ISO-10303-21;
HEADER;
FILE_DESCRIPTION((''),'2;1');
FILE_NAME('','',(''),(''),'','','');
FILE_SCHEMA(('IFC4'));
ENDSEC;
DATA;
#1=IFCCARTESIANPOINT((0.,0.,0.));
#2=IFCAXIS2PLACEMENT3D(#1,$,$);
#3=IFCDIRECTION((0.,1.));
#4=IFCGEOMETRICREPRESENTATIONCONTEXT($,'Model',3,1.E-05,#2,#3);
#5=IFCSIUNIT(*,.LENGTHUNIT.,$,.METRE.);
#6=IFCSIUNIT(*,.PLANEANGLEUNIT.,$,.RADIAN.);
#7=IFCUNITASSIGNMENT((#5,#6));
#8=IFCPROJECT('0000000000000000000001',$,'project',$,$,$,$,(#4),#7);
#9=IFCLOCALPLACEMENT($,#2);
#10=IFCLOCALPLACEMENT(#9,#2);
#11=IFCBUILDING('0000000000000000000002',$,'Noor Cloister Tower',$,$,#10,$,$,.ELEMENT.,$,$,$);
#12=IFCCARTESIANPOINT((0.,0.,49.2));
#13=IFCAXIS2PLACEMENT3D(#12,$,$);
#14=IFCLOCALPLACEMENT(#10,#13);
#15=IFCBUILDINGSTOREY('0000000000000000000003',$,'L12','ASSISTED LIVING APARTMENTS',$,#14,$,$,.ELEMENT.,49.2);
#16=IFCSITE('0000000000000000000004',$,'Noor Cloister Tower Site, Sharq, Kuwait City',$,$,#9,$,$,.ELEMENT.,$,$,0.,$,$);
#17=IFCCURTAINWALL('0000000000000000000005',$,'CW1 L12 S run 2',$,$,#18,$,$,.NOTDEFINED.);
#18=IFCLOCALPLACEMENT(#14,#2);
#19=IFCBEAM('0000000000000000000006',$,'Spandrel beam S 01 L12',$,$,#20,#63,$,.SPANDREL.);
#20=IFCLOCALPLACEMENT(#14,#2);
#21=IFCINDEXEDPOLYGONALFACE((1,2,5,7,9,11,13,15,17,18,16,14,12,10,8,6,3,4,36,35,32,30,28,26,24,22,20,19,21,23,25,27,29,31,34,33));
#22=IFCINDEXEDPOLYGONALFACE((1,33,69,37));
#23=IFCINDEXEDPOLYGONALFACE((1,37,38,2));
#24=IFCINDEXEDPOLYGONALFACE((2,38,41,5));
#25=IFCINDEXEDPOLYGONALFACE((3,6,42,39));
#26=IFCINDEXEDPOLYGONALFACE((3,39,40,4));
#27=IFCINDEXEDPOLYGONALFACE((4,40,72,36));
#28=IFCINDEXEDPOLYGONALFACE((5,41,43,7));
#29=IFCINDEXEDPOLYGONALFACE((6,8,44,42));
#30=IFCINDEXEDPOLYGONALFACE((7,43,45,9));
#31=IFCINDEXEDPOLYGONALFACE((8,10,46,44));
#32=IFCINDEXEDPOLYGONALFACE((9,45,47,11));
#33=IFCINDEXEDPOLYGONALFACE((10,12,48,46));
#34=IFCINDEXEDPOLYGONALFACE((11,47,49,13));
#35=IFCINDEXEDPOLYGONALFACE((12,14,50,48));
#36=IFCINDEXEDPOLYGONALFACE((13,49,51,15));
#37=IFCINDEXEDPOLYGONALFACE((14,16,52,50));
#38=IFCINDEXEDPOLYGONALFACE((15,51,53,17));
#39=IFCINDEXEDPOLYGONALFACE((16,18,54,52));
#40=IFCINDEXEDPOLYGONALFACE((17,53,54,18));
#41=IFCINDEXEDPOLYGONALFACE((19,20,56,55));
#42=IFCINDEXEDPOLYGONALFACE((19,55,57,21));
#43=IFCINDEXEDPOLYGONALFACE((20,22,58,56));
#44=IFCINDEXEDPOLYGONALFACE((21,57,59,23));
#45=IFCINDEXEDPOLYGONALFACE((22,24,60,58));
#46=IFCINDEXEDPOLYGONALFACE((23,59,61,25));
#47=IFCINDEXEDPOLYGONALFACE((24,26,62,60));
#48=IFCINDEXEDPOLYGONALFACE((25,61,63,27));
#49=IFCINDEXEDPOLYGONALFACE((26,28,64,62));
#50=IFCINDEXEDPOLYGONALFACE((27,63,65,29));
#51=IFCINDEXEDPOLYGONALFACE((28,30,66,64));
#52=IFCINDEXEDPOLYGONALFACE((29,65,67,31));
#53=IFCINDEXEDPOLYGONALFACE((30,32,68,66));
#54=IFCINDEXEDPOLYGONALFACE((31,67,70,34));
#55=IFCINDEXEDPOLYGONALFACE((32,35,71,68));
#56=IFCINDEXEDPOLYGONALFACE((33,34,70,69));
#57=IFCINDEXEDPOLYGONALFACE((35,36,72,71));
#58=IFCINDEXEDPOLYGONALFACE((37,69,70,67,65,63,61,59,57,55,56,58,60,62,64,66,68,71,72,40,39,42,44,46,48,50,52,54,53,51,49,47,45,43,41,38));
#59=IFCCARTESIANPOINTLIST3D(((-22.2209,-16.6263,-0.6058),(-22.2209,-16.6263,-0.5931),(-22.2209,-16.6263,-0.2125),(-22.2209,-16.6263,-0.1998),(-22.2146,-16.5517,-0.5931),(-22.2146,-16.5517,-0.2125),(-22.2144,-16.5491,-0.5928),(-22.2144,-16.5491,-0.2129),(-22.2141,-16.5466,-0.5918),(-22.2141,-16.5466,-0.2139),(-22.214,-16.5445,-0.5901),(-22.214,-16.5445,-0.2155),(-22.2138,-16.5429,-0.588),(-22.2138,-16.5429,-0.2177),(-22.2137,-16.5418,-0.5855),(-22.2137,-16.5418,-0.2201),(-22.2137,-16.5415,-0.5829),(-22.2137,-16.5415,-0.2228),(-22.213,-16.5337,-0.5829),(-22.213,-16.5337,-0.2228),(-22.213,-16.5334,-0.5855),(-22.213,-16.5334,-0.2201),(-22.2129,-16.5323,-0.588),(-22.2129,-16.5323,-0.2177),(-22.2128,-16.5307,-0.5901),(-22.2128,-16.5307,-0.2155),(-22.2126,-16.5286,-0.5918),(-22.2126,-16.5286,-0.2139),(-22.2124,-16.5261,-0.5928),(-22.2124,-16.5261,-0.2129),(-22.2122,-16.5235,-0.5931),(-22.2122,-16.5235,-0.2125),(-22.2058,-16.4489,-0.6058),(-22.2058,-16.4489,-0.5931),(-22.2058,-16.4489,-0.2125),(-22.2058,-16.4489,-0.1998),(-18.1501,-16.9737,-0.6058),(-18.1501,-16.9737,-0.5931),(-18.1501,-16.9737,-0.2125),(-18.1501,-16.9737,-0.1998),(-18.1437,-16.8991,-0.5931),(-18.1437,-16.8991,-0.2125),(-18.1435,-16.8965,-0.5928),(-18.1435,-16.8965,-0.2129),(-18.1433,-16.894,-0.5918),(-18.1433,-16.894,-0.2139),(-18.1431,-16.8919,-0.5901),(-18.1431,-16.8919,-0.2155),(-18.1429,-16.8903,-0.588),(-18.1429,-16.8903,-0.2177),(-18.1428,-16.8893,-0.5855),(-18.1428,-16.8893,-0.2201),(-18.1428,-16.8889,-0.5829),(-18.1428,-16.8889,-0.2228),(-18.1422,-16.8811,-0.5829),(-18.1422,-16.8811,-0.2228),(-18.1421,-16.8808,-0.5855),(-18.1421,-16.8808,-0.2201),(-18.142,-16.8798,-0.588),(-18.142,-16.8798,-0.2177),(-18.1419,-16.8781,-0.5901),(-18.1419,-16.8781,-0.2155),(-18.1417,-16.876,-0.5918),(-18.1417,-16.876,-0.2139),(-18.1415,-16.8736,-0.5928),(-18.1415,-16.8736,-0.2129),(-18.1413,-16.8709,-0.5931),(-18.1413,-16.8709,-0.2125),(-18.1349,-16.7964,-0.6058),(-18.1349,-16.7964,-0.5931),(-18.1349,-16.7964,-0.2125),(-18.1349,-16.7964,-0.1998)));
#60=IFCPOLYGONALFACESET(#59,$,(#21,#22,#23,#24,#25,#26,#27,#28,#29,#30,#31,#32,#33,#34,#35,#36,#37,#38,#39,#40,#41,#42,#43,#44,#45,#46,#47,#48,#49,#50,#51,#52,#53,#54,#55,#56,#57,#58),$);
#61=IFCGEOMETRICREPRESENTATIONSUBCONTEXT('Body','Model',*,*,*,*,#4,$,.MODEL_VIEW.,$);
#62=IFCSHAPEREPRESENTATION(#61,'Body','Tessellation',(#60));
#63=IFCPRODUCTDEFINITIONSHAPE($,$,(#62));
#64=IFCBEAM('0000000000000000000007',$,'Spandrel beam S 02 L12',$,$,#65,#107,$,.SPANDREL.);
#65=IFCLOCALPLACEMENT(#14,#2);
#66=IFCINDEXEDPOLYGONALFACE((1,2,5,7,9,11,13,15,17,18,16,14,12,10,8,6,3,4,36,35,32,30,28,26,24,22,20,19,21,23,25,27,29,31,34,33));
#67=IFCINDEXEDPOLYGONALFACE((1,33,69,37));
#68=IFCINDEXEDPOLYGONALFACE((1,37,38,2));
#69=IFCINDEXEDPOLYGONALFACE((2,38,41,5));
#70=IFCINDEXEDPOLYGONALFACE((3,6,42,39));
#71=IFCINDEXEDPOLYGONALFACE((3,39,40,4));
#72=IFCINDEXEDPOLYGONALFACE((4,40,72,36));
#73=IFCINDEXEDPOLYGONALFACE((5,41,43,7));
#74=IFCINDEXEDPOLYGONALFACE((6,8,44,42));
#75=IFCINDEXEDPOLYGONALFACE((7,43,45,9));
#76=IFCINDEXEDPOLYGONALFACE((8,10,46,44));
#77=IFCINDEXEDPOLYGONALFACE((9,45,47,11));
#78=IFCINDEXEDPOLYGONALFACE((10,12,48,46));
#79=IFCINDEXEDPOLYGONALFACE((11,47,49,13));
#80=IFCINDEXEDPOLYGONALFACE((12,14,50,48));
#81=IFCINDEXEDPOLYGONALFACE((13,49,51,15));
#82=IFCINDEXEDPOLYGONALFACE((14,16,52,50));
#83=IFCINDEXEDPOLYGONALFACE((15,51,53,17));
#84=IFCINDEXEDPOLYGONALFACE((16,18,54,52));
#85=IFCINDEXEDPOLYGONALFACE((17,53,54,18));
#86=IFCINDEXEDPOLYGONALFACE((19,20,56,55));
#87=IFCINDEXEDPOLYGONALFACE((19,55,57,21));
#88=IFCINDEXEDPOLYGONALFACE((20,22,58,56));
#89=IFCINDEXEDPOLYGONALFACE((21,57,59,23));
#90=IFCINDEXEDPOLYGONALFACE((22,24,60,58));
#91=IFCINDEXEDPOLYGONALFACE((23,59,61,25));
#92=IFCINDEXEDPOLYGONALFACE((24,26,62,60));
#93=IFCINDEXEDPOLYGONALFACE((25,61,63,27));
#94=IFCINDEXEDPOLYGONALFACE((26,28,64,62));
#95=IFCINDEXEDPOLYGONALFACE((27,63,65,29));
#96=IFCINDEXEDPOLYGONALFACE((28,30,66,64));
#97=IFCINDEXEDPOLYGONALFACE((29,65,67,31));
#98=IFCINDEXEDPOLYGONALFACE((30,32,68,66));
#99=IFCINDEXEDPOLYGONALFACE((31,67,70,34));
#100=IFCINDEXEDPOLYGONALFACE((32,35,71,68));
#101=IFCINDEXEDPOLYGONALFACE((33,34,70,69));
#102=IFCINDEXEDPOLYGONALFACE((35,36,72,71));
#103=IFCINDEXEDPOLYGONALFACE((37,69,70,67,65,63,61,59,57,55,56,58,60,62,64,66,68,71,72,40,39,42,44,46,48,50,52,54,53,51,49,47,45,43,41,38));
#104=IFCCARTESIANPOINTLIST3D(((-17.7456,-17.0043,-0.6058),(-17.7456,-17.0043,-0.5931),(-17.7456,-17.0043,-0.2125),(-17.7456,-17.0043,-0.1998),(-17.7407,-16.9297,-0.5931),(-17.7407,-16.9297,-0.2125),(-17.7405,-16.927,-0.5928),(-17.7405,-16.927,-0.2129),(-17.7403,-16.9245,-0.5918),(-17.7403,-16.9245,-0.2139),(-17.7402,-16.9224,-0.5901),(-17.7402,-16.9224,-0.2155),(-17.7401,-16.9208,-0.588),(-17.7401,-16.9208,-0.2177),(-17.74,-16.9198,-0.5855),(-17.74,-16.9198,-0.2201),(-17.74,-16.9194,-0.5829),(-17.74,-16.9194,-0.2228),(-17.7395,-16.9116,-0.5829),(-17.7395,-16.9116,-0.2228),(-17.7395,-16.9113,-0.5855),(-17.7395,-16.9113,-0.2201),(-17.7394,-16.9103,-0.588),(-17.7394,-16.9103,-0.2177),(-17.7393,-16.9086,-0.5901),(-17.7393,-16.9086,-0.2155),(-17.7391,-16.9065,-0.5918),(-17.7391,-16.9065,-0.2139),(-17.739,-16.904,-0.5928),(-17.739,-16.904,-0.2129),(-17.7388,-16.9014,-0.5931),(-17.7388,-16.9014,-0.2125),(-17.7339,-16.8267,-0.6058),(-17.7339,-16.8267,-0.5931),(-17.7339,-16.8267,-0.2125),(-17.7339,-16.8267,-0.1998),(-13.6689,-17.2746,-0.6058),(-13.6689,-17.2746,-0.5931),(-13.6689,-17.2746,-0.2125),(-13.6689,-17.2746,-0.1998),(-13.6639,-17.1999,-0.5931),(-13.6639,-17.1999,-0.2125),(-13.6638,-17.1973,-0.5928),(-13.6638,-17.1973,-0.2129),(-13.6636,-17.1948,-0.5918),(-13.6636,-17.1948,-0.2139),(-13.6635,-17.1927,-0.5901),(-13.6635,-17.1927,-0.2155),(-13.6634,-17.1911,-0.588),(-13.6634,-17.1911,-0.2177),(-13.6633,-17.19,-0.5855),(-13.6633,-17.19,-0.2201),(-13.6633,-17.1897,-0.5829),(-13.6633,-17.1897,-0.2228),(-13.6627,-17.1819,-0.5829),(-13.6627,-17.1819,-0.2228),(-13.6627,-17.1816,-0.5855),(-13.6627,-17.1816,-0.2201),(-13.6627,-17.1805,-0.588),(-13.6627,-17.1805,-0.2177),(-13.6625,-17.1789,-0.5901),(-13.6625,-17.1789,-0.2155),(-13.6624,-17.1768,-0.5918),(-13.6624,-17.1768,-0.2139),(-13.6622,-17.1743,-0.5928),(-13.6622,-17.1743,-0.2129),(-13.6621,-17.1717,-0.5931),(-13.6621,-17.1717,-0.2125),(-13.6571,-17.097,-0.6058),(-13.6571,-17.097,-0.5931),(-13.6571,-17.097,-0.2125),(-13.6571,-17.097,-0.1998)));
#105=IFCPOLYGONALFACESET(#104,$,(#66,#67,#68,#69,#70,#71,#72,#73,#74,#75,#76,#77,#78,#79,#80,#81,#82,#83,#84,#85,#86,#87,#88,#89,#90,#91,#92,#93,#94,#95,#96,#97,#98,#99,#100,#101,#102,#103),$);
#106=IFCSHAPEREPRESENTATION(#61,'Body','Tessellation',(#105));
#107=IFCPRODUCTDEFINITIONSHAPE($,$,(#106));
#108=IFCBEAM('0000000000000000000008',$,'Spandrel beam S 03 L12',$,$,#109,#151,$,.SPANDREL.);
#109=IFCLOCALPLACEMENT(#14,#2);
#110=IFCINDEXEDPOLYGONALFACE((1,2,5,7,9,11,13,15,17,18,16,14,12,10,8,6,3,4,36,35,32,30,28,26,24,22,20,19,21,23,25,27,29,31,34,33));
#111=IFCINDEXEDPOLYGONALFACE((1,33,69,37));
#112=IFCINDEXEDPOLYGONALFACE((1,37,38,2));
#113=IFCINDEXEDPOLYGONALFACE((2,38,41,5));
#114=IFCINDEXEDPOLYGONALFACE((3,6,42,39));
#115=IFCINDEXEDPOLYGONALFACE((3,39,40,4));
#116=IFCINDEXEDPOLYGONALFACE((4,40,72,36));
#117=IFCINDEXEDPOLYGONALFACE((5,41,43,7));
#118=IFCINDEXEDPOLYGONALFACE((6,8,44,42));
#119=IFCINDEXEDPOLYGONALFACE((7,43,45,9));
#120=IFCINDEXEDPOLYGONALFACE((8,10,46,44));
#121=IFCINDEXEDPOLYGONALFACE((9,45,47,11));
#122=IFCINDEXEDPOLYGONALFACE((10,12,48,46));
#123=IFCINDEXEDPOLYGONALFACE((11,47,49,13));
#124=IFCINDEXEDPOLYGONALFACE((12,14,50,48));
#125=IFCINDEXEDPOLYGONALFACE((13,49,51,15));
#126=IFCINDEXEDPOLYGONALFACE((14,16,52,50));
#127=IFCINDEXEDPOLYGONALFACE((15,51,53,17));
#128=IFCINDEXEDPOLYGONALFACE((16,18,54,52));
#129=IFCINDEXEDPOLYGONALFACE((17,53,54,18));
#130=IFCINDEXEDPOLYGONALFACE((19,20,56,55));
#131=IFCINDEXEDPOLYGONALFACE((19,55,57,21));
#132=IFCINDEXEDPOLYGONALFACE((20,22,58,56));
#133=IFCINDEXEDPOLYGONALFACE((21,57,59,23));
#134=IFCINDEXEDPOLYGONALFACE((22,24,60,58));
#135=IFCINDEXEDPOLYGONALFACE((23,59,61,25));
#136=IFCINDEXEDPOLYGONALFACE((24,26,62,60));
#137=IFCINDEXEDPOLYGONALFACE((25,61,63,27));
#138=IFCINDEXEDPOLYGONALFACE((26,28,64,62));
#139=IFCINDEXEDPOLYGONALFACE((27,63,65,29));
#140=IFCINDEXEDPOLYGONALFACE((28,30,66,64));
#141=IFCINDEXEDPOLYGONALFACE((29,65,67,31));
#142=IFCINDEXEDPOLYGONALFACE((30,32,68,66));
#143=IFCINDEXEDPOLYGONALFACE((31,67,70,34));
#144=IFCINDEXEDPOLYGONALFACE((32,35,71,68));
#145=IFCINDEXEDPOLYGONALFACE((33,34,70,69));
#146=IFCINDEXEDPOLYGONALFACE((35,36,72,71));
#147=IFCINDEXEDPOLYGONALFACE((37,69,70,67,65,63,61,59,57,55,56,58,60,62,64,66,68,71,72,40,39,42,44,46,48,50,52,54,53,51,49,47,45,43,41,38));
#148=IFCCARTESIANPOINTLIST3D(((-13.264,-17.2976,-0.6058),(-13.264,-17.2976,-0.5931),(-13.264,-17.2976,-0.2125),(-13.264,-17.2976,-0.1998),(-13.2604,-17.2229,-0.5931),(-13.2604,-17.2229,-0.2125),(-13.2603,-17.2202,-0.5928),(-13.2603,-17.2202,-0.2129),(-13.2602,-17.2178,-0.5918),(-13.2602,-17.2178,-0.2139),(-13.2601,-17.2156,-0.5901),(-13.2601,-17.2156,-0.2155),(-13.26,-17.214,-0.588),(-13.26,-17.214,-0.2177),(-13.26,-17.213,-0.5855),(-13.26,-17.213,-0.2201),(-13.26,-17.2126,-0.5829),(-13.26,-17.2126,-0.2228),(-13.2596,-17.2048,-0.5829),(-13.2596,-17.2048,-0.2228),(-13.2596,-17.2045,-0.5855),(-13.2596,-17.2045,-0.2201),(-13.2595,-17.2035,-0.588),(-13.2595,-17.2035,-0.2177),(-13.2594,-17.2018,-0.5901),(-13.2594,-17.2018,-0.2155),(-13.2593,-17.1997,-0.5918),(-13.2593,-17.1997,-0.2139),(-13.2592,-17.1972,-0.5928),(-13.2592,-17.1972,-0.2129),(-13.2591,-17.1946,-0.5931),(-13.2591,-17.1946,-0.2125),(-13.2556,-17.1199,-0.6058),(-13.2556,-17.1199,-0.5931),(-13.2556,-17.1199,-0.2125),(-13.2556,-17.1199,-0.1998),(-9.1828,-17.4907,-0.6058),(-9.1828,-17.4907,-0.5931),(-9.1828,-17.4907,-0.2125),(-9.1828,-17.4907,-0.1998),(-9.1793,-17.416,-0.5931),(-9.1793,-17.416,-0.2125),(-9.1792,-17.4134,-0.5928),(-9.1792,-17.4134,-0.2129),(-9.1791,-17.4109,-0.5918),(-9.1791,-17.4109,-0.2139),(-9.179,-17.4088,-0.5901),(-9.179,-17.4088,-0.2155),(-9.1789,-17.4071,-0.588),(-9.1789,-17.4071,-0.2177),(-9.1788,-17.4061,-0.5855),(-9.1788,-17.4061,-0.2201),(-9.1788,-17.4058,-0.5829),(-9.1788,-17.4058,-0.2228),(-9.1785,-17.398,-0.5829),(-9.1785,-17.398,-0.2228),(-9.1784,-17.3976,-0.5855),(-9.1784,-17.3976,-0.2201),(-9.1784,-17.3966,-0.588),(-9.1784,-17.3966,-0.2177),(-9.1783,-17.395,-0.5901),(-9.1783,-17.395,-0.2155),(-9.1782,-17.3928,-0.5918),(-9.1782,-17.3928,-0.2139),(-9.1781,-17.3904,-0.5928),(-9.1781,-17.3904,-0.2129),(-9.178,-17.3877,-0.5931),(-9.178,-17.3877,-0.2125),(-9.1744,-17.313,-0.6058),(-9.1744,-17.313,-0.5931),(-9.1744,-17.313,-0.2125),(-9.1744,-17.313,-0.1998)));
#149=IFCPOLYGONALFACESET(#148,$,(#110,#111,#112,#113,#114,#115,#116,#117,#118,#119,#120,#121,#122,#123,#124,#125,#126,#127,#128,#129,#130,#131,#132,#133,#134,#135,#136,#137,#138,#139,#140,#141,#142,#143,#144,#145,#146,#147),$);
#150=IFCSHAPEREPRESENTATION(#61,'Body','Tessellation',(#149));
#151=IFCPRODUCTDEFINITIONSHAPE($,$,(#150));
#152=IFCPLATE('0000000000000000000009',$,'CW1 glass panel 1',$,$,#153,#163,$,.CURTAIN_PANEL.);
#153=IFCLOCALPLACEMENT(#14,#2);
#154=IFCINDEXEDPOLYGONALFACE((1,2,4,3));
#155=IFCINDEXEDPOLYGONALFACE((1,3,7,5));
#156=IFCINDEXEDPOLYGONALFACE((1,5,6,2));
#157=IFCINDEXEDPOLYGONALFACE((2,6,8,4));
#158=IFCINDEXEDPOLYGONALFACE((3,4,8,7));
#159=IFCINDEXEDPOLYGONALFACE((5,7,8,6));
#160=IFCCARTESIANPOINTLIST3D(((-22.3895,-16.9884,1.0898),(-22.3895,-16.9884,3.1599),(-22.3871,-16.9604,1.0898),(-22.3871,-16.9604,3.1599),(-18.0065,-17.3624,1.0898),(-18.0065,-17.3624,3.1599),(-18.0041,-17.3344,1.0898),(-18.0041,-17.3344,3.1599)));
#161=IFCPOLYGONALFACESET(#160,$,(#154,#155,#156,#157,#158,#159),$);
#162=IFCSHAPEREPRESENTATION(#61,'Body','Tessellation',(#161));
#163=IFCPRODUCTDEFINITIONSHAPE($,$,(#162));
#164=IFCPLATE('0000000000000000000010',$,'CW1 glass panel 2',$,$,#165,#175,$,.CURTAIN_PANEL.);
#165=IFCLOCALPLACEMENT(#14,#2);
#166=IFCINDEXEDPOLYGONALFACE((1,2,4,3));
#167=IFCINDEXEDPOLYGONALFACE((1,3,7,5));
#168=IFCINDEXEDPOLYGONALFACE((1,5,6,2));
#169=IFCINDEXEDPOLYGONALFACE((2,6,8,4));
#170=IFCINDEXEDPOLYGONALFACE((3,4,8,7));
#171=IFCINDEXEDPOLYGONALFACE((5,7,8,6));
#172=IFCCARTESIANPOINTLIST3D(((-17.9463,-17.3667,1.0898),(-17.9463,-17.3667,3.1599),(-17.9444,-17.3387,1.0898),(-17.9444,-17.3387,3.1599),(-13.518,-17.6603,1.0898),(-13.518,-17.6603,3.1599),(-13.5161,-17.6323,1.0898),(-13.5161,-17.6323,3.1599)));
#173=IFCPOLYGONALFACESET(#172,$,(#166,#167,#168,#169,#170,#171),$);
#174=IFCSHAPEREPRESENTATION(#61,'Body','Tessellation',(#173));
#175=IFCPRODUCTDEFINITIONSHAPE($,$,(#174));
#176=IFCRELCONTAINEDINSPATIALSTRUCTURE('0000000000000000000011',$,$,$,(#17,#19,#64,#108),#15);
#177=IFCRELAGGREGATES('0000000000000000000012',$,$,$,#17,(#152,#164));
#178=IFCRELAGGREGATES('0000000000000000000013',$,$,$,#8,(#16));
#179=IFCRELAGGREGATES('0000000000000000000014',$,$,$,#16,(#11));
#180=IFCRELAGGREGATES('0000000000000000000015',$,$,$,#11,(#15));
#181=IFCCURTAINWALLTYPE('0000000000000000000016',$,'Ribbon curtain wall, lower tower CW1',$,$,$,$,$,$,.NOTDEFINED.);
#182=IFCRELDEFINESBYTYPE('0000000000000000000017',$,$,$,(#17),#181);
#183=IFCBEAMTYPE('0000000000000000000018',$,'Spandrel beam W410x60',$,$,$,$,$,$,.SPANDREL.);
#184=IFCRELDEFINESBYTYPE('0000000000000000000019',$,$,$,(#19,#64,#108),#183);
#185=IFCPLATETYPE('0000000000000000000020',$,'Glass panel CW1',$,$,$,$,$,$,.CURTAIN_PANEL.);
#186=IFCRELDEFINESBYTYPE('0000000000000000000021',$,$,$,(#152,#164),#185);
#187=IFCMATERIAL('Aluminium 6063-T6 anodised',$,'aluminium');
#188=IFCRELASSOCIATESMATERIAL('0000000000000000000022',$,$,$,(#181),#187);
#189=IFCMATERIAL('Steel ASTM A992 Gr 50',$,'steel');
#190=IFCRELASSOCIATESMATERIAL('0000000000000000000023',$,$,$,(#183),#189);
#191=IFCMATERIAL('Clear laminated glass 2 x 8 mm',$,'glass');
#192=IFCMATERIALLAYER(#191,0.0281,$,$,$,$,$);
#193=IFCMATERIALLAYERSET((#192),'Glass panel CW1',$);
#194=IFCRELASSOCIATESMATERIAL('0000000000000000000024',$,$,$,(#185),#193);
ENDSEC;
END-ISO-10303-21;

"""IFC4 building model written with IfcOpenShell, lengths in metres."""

from ifc_helpers import new_model, si_unit, direction, frame, origin, origin_2d, place, context, subcontext, project, spatial, rectangle, i_section, extrude, material, layer, layer_set, material_profile, profile_set, type_object, element, aggregate, save


model = new_model("IFC4")

# Units and contexts
model_context = context("Model", 3, precision=1e-05, world=origin(), true_north=direction((0.0, 1.0)))
body_context = subcontext(model_context, "Body", "Model", "MODEL_VIEW")
ifc_project = project(units=[si_unit("LENGTHUNIT", "METRE"), si_unit("PLANEANGLEUNIT", "RADIAN")], contexts=[model_context])

# Site, building, storey
site_placement = place(None, origin())
site = spatial("IfcSite", under=ifc_project, at=site_placement, Name="Noor Cloister Tower Site, Sharq, Kuwait City", CompositionType="ELEMENT", RefElevation=0.0)
building_placement = place(site_placement, origin())
building = spatial("IfcBuilding", under=site, at=building_placement, Name="Noor Cloister Tower", CompositionType="ELEMENT")
storey_placement = place(building_placement, frame((0.0, 0.0, 49.2)))
storey = spatial("IfcBuildingStorey", under=building, at=storey_placement, Name="L12", Description="ASSISTED LIVING APARTMENTS", CompositionType="ELEMENT", Elevation=49.2)

# Curtain wall
ifc_material_1 = material(Name="Aluminium 6063-T6 anodised", Category="aluminium")
curtain_wall_type = type_object("IfcCurtainWallType", Name="Ribbon curtain wall, lower tower CW1", PredefinedType="NOTDEFINED", material=ifc_material_1)
curtain_wall_placement = place(storey_placement, origin())
curtain_wall = element("IfcCurtainWall", 1, at=curtain_wall_placement, inside=storey, type_object=curtain_wall_type, Name="CW1 L12 S run 2", PredefinedType="NOTDEFINED")

# Beams
ifc_material_2 = material(Name="Steel ASTM A992 Gr 50", Category="steel")
ifc_material_profile_1 = material_profile(ifc_material_2, i_section(OverallWidth=0.178, OverallDepth=0.406, WebThickness=0.0078, FlangeThickness=0.0127, FilletRadius=0.0103, at=origin_2d()), Name="W410x60")
ifc_profile_set_1 = profile_set([ifc_material_profile_1], Name="Steel ASTM A992 Gr 50")
beam_type_1 = type_object("IfcBeamType", Name="Spandrel beam W410x60", PredefinedType="SPANDREL", material=ifc_profile_set_1)
for number, where, z_axis, x_axis, name in (
    (2, (-22.2134, -16.5376, -0.4028), (0.996378, -0.085033, 0.0), (0.085033, 0.996378, 0.0), "Spandrel beam S 01 L12"),
    (3, (-17.7397, -16.9155, -0.4028), (0.99781, -0.06615, 0.0), (0.06615, 0.99781, 0.0), "Spandrel beam S 02 L12"),
    (4, (-13.2598, -17.2087, -0.4028), (0.998882, -0.047267, 0.0), (0.047267, 0.998882, 0.0), "Spandrel beam S 03 L12"),
):
    element("IfcBeam", number, at=place(storey_placement, frame(where, z_axis=z_axis, x_axis=x_axis)), inside=storey, type_object=beam_type_1, Name=name, PredefinedType="SPANDREL", context=body_context, shape_type="SweptSolid", body=[
        extrude(i_section(OverallWidth=0.178, OverallDepth=0.406, WebThickness=0.0078, FlangeThickness=0.0127, FilletRadius=0.0103, at=origin_2d()), origin(), (0.0, 0.0, 1.0), 4.0857),
    ])

# Plates
ifc_material_3 = material(Name="Clear laminated glass 2 x 8 mm", Category="glass")
ifc_layer_1 = layer(ifc_material_3, 0.0281)
ifc_layer_set_1 = layer_set([ifc_layer_1], Name="Glass panel CW1")
plate_type = type_object("IfcPlateType", Name="Glass panel CW1", PredefinedType="CURTAIN_PANEL", material=ifc_layer_set_1)
plate_1_placement = place(storey_placement, frame((-20.1968, -17.1614, 1.0898), z_axis=(0.0, 0.0, 1.0), x_axis=(0.996379, -0.085019, 0.0)))
plate_1 = element("IfcPlate", 5, at=plate_1_placement, type_object=plate_type, Name="CW1 glass panel 1", PredefinedType="CURTAIN_PANEL", context=body_context, shape_type="SweptSolid", body=[
    extrude(rectangle(XDim=4.3989, YDim=0.0281, at=origin_2d()), origin(), (0.0, 0.0, 1.0), 2.0701),
])
plate_2_placement = place(storey_placement, frame((-15.7312, -17.4995, 1.0898), z_axis=(0.0, 0.0, 1.0), x_axis=(0.997809, -0.066157, 0.0)))
plate_2 = element("IfcPlate", 6, at=plate_2_placement, type_object=plate_type, Name="CW1 glass panel 2", PredefinedType="CURTAIN_PANEL", context=body_context, shape_type="SweptSolid", body=[
    extrude(rectangle(XDim=4.438, YDim=0.0281, at=origin_2d()), origin(), (0.0, 0.0, 1.0), 2.0701),
])
aggregate(curtain_wall, [plate_1, plate_2])

save(model, "model.ifc")
